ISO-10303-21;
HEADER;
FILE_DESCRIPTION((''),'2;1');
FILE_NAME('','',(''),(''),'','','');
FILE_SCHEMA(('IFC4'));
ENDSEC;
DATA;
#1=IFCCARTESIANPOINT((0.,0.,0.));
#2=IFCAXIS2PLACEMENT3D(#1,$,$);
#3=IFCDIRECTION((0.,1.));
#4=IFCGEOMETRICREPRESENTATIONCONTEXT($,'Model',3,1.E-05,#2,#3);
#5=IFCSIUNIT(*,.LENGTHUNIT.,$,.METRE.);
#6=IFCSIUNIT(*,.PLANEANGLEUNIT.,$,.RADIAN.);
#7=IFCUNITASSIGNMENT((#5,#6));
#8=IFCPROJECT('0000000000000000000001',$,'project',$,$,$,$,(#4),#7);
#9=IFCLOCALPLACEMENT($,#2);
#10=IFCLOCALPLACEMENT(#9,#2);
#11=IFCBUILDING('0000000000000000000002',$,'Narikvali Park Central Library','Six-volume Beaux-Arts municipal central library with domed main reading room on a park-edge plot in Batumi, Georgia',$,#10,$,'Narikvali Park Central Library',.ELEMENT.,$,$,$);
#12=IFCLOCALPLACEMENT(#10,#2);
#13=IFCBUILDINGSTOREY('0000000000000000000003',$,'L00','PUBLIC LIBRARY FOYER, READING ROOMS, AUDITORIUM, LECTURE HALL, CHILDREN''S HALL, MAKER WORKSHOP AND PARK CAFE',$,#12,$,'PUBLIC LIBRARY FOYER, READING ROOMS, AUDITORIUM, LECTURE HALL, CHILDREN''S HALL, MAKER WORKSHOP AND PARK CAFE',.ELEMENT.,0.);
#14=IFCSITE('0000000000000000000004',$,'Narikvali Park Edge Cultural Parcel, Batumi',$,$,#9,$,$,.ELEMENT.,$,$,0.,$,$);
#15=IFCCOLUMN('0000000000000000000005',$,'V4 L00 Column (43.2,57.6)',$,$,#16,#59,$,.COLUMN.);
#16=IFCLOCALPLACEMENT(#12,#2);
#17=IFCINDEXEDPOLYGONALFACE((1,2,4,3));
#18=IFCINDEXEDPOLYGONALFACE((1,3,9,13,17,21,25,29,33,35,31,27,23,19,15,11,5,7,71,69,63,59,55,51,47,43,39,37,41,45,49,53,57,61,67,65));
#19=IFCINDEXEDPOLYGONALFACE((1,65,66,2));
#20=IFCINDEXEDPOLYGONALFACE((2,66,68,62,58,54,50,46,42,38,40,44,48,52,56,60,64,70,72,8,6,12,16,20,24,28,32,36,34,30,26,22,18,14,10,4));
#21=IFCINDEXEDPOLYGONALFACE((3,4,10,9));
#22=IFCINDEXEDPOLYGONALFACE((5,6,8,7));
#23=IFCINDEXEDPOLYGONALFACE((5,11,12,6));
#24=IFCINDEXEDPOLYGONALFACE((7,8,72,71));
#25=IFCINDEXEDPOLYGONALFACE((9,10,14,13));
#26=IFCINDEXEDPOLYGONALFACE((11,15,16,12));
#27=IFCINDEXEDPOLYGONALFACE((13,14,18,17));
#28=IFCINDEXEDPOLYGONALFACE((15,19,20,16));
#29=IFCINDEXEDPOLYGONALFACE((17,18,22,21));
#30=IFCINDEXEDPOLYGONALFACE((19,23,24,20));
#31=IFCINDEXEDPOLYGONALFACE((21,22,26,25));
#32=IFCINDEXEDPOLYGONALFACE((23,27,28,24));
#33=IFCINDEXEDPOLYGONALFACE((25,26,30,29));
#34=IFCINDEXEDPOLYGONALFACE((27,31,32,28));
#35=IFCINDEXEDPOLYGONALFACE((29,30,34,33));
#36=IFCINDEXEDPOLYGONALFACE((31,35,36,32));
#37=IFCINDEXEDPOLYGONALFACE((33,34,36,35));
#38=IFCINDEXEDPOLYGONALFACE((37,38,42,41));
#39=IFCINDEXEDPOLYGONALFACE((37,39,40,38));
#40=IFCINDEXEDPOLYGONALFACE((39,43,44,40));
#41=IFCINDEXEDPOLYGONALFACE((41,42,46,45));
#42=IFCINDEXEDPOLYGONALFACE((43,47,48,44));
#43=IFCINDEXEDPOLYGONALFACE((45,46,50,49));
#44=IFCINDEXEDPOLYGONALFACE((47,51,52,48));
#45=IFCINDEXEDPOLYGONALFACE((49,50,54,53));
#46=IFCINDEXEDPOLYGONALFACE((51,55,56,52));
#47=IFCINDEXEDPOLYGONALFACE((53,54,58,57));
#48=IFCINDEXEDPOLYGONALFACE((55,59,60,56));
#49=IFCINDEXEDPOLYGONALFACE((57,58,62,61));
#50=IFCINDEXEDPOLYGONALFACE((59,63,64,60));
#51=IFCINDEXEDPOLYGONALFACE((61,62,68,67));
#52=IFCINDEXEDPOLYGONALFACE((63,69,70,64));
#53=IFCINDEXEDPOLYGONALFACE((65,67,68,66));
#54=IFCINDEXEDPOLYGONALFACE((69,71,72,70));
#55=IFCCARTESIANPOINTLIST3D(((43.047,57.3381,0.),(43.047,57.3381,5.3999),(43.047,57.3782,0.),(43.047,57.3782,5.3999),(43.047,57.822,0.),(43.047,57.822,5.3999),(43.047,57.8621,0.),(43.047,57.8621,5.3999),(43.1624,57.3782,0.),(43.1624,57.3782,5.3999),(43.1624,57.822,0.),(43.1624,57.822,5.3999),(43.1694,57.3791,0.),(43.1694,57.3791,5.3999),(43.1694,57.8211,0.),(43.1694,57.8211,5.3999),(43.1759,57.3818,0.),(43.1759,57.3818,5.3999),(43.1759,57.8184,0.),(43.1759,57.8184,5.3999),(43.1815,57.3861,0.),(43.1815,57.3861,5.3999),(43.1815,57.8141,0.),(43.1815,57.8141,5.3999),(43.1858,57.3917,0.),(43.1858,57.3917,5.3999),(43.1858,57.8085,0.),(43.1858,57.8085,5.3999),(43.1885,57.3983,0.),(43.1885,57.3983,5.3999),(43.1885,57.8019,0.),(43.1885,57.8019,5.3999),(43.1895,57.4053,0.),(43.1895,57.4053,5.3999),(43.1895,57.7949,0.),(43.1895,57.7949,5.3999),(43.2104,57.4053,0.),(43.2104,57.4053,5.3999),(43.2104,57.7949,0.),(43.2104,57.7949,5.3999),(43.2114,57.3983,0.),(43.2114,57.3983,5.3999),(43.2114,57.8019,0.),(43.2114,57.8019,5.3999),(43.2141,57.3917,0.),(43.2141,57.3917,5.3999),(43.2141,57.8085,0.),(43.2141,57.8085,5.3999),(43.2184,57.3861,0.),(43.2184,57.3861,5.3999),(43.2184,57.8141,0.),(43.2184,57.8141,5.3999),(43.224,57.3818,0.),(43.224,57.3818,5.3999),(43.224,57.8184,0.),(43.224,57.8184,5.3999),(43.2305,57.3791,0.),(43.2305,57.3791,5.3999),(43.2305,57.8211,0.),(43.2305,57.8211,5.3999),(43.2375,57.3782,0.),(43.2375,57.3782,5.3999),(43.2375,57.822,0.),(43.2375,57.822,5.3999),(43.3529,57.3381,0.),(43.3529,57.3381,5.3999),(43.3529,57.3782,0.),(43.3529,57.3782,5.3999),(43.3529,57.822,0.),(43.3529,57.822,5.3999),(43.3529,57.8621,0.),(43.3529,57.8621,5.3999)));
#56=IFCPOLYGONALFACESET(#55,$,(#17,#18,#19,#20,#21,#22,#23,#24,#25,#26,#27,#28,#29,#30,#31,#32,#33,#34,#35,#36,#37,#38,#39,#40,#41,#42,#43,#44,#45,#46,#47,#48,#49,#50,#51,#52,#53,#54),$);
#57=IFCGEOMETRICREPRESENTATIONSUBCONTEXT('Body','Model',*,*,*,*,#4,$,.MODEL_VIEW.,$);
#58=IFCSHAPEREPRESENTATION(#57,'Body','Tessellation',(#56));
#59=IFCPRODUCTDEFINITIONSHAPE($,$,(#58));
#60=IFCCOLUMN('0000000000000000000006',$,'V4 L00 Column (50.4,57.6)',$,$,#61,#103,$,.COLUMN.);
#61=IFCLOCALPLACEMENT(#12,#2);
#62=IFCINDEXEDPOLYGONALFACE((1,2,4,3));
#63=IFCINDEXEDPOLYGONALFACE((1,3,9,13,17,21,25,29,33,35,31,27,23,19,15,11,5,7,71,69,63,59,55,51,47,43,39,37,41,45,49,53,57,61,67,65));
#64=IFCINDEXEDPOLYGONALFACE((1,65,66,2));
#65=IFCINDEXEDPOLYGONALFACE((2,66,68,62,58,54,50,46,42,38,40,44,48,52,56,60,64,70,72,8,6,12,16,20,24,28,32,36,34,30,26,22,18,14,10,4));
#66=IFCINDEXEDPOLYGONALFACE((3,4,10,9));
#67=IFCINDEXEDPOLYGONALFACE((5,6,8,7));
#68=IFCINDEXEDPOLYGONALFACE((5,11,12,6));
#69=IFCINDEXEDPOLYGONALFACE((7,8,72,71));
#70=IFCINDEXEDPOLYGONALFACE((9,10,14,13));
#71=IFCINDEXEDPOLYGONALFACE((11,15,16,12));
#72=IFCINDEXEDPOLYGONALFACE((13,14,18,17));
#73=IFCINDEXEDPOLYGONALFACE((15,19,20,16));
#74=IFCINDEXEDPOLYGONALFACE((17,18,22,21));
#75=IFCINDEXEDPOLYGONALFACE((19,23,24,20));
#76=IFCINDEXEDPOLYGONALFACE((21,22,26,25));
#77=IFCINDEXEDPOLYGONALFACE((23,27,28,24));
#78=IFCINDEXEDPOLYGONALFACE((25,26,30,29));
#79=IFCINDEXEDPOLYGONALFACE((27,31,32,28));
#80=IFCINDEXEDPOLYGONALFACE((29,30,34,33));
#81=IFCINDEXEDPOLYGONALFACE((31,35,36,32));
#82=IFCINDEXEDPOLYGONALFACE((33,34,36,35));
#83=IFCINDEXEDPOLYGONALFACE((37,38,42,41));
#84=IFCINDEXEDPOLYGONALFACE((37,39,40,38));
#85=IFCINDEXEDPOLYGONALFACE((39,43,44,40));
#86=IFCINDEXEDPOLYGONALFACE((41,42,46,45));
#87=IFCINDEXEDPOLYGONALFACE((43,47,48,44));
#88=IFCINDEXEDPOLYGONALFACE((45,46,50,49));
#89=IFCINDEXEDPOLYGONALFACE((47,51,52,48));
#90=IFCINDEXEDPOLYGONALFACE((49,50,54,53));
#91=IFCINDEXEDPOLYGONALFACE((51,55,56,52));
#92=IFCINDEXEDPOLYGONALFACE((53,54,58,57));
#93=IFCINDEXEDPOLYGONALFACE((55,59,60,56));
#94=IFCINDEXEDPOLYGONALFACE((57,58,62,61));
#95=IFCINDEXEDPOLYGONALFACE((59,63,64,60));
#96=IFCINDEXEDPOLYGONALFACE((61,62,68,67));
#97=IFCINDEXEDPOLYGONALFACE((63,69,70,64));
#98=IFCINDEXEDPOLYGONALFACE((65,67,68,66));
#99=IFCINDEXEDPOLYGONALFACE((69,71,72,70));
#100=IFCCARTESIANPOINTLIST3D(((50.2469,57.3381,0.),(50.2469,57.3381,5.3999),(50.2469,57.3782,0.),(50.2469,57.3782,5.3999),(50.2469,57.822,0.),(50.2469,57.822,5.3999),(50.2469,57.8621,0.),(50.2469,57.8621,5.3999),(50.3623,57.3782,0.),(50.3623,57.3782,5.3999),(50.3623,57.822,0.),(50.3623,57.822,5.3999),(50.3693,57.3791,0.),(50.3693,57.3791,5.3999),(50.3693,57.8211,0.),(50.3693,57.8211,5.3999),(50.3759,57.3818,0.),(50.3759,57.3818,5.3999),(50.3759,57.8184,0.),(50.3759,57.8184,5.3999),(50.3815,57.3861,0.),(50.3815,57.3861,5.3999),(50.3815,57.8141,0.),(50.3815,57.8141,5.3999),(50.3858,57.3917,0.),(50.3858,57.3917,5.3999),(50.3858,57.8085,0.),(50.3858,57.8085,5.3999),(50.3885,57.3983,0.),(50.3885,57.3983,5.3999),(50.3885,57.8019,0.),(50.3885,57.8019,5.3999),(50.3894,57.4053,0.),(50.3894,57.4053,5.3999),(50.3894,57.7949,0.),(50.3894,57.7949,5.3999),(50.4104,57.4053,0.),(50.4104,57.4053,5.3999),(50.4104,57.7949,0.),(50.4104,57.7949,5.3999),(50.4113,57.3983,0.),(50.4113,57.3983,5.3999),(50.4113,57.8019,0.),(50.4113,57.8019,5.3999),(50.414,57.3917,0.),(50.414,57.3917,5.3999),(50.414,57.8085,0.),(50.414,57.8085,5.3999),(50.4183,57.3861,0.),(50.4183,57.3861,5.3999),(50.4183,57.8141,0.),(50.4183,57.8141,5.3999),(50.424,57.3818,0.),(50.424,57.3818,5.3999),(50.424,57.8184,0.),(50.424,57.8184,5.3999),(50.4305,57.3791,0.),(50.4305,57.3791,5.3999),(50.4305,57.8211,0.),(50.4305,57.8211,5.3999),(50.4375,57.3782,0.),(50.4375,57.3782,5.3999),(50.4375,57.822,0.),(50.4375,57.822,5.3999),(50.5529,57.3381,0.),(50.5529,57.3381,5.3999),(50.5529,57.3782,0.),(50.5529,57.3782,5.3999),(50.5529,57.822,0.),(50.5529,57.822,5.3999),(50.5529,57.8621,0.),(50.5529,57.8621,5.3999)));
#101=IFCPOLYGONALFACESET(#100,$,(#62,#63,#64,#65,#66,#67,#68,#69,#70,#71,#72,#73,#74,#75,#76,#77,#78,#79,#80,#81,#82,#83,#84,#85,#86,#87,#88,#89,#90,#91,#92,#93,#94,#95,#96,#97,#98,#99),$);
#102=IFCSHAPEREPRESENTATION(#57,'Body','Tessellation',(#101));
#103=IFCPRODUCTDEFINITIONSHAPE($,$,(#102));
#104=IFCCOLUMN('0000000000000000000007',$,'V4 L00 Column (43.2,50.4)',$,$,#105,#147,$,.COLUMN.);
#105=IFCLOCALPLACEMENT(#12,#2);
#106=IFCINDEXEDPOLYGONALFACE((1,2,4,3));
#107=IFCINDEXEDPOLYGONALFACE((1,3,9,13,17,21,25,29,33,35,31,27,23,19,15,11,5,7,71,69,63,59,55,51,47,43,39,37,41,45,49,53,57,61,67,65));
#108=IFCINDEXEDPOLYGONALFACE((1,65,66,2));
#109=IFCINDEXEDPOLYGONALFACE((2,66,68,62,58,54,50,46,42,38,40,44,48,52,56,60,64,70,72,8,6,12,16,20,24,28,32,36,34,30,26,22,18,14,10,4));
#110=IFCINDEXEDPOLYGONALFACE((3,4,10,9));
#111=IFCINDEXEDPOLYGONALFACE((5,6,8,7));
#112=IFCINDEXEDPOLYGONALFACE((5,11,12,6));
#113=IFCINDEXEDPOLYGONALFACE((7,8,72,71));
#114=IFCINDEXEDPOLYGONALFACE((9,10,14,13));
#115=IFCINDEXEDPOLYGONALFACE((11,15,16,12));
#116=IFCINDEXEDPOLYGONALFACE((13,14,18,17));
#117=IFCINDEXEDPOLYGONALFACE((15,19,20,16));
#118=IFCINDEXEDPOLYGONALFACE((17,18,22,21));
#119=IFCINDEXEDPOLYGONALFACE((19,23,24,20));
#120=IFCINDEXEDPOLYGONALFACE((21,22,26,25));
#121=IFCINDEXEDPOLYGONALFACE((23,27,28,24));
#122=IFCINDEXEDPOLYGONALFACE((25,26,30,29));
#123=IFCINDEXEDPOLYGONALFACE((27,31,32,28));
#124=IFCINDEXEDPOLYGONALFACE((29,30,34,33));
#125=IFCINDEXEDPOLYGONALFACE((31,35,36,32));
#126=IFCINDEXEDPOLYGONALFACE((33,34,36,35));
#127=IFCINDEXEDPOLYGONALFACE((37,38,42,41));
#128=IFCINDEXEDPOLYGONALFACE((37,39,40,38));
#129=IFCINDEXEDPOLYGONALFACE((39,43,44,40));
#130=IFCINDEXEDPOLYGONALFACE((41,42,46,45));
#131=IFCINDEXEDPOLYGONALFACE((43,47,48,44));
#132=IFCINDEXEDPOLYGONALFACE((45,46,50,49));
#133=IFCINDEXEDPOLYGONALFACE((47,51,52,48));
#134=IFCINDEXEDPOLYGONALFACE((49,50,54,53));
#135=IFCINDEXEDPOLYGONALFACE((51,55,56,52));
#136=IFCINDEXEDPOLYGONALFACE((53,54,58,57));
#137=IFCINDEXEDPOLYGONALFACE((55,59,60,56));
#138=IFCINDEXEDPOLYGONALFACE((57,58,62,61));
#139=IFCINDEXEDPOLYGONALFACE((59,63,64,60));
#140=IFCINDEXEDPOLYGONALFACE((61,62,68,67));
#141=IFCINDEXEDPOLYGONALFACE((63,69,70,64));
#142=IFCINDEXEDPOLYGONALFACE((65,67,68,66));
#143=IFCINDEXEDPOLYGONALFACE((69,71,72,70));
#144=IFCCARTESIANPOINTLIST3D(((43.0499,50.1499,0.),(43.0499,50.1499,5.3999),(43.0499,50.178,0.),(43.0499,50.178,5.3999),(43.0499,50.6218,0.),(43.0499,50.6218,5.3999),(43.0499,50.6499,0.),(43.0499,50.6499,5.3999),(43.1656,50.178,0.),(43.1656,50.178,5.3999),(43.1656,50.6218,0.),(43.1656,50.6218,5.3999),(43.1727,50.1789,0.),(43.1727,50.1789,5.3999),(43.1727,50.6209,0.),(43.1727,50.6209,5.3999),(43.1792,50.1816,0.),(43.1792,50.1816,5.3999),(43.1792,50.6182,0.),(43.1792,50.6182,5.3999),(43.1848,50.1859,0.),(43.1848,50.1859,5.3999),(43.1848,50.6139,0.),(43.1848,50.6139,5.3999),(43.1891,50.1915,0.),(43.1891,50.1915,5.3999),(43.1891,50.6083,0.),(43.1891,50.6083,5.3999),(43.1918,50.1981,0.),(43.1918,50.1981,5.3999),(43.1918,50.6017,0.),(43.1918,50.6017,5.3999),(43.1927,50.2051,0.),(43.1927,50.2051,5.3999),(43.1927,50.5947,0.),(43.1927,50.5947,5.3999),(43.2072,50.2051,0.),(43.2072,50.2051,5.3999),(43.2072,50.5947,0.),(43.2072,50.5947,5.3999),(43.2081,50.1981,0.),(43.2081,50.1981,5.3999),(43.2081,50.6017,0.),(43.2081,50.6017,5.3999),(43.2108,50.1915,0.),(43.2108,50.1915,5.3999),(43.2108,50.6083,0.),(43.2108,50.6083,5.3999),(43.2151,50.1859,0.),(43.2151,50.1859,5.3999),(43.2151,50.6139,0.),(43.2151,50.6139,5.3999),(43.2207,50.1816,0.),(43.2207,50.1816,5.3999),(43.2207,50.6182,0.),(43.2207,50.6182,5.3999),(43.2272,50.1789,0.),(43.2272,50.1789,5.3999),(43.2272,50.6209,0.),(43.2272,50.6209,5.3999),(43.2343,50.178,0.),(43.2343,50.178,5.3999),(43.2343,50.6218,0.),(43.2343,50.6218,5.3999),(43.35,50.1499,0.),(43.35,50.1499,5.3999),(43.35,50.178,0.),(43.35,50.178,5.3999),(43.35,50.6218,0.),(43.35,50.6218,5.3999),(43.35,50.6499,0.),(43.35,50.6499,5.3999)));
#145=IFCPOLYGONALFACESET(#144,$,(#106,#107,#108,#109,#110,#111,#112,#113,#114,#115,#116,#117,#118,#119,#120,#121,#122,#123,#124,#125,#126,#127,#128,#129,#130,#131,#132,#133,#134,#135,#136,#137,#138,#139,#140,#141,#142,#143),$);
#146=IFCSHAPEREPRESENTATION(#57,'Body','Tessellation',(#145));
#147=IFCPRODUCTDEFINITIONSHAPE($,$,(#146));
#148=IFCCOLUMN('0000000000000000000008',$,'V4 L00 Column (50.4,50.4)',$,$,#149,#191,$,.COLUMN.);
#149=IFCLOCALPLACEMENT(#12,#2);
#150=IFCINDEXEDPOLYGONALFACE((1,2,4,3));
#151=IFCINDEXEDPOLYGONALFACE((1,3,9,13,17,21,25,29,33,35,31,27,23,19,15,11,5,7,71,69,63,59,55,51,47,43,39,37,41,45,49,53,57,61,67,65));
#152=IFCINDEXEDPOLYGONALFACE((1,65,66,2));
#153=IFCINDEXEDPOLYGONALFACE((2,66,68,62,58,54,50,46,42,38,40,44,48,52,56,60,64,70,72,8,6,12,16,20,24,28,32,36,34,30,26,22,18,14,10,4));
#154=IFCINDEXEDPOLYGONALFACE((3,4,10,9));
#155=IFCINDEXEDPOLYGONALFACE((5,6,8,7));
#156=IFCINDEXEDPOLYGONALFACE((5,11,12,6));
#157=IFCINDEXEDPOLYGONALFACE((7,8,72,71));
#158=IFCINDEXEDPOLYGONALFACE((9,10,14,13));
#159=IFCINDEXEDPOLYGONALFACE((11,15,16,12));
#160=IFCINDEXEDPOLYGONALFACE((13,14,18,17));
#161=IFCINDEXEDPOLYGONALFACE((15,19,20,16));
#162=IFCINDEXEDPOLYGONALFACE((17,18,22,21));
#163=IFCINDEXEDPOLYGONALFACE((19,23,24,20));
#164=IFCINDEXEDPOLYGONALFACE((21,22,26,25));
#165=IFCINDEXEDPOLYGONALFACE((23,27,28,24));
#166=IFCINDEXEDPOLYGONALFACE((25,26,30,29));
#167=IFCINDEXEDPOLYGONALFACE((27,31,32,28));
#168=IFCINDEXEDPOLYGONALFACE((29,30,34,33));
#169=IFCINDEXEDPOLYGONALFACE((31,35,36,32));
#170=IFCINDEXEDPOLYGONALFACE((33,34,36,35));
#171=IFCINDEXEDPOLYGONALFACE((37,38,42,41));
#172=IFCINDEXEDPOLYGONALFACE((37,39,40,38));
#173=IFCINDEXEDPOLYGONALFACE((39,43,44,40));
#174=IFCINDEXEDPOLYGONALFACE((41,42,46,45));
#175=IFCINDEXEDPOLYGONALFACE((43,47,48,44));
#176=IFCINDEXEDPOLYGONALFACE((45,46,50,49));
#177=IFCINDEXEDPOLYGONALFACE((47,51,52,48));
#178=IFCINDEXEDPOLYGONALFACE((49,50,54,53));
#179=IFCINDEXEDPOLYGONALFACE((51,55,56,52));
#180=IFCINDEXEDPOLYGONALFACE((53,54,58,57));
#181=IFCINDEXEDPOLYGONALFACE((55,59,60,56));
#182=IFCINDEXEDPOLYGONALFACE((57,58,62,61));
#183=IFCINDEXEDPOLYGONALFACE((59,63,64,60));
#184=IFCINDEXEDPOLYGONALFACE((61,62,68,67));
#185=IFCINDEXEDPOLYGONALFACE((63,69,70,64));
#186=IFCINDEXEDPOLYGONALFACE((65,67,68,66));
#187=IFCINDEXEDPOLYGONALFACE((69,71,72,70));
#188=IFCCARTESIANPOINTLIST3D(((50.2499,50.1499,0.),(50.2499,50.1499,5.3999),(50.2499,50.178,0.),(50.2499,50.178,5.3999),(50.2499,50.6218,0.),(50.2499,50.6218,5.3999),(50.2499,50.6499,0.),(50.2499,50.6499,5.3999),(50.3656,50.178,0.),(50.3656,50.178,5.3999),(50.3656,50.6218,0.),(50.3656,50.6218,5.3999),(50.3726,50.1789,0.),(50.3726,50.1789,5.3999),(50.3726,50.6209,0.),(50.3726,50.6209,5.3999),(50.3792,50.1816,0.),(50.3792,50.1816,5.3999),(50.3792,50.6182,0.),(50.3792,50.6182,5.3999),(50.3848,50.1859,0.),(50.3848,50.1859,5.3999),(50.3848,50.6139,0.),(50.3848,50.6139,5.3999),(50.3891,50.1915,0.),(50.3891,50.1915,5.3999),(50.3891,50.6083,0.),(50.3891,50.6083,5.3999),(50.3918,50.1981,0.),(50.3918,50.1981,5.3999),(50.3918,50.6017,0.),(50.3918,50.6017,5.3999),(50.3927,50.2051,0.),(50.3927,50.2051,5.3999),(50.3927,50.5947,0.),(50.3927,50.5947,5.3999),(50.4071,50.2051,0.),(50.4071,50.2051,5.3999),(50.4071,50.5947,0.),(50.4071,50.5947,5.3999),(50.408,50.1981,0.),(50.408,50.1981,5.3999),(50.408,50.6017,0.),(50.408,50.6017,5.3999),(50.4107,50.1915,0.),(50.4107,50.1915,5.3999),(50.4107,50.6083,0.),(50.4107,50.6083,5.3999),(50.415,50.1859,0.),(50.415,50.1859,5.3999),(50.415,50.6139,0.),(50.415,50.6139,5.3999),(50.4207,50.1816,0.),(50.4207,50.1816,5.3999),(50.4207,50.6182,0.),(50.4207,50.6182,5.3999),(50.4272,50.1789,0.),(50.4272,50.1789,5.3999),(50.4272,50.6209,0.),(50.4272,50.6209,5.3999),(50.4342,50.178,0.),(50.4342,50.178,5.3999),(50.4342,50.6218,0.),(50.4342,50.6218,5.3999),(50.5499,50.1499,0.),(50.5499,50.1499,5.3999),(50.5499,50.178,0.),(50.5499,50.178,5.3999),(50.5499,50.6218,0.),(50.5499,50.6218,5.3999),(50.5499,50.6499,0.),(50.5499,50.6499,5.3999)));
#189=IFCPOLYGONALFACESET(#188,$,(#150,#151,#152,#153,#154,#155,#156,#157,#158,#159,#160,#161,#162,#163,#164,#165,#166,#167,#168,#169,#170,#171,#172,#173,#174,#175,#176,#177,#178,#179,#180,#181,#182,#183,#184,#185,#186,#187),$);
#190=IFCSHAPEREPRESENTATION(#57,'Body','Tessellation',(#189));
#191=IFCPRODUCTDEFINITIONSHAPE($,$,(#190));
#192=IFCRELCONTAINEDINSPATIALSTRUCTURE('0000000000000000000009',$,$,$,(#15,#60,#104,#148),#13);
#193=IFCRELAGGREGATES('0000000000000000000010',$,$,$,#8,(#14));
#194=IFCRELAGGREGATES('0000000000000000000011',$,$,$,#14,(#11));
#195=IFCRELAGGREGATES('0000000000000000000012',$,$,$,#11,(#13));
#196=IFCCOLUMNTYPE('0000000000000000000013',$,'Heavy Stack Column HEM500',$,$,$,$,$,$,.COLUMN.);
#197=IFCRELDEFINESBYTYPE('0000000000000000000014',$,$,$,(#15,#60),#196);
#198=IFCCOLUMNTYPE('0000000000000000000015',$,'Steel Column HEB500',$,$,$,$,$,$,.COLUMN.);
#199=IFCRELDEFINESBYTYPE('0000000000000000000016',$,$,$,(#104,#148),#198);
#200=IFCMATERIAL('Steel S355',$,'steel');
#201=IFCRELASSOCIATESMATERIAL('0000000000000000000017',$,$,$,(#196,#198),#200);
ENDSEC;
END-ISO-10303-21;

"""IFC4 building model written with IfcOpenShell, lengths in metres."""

from ifc_helpers import new_model, si_unit, direction, frame, origin, origin_2d, place, context, subcontext, project, spatial, i_section, extrude, material, material_profile, profile_set, type_object, element, save


model = new_model("IFC4")

# Units and contexts
model_context = context("Model", 3, precision=1e-05, world=origin(), true_north=direction((0.0, 1.0)))
body_context = subcontext(model_context, "Body", "Model", "MODEL_VIEW")
ifc_project = project(units=[si_unit("LENGTHUNIT", "METRE"), si_unit("PLANEANGLEUNIT", "RADIAN")], contexts=[model_context])

# Site, building, storey
site_placement = place(None, origin())
site = spatial("IfcSite", under=ifc_project, at=site_placement, Name="Narikvali Park Edge Cultural Parcel, Batumi", CompositionType="ELEMENT", RefElevation=0.0)
building_placement = place(site_placement, origin())
building = spatial("IfcBuilding", under=site, at=building_placement, Name="Narikvali Park Central Library", Description="Six-volume Beaux-Arts municipal central library with domed main reading room on a park-edge plot in Batumi, Georgia", LongName="Narikvali Park Central Library", CompositionType="ELEMENT")
storey_placement = place(building_placement, origin())
storey = spatial("IfcBuildingStorey", under=building, at=storey_placement, Name="L00", Description="PUBLIC LIBRARY FOYER, READING ROOMS, AUDITORIUM, LECTURE HALL, CHILDREN'S HALL, MAKER WORKSHOP AND PARK CAFE", LongName="PUBLIC LIBRARY FOYER, READING ROOMS, AUDITORIUM, LECTURE HALL, CHILDREN'S HALL, MAKER WORKSHOP AND PARK CAFE", CompositionType="ELEMENT", Elevation=0.0)

# Columns
ifc_material_1 = material(Name="Steel S355", Category="steel")
ifc_material_profile_1 = material_profile(ifc_material_1, i_section(OverallWidth=0.3059, OverallDepth=0.5239, WebThickness=0.021, FlangeThickness=0.04, FilletRadius=0.0271, at=origin_2d()), Name="HEM 500")
ifc_profile_set_1 = profile_set([ifc_material_profile_1], Name="Steel S355")
column_type_1 = type_object("IfcColumnType", Name="Heavy Stack Column HEM500", PredefinedType="COLUMN", material=ifc_profile_set_1)
for number, where, z_axis, x_axis, name in (
    (1, (43.2, 57.6001, 0.0), (0.0, 0.0, 1.0), (1.0, 0.0, 0.0), "V4 L00 Column (43.2,57.6)"),
    (2, (50.3999, 57.6001, 0.0), (0.0, 0.0, 1.0), (1.0, 0.0, 0.0), "V4 L00 Column (50.4,57.6)"),
):
    element("IfcColumn", number, at=place(storey_placement, frame(where, z_axis=z_axis, x_axis=x_axis)), inside=storey, type_object=column_type_1, Name=name, PredefinedType="COLUMN", context=body_context, shape_type="SweptSolid", body=[
        extrude(i_section(OverallWidth=0.3059, OverallDepth=0.5239, WebThickness=0.021, FlangeThickness=0.04, FilletRadius=0.0271, at=origin_2d()), origin(), (0.0, 0.0, 1.0), 5.3999),
    ])
ifc_material_profile_2 = material_profile(ifc_material_1, i_section(OverallWidth=0.3, OverallDepth=0.5, WebThickness=0.0144, FlangeThickness=0.0281, FilletRadius=0.0271, at=origin_2d()), Name="HEB 500")
ifc_profile_set_2 = profile_set([ifc_material_profile_2], Name="Steel S355")
column_type_2 = type_object("IfcColumnType", Name="Steel Column HEB500", PredefinedType="COLUMN", material=ifc_profile_set_2)
for number, where, z_axis, x_axis, name in (
    (3, (43.2, 50.3999, 0.0), (0.0, 0.0, 1.0), (1.0, 0.0, 0.0), "V4 L00 Column (43.2,50.4)"),
    (4, (50.3999, 50.3999, 0.0), (0.0, 0.0, 1.0), (1.0, 0.0, 0.0), "V4 L00 Column (50.4,50.4)"),
):
    element("IfcColumn", number, at=place(storey_placement, frame(where, z_axis=z_axis, x_axis=x_axis)), inside=storey, type_object=column_type_2, Name=name, PredefinedType="COLUMN", context=body_context, shape_type="SweptSolid", body=[
        extrude(i_section(OverallWidth=0.3, OverallDepth=0.5, WebThickness=0.0144, FlangeThickness=0.0281, FilletRadius=0.0271, at=origin_2d()), origin(), (0.0, 0.0, 1.0), 5.3999),
    ])

save(model, "model.ifc")
